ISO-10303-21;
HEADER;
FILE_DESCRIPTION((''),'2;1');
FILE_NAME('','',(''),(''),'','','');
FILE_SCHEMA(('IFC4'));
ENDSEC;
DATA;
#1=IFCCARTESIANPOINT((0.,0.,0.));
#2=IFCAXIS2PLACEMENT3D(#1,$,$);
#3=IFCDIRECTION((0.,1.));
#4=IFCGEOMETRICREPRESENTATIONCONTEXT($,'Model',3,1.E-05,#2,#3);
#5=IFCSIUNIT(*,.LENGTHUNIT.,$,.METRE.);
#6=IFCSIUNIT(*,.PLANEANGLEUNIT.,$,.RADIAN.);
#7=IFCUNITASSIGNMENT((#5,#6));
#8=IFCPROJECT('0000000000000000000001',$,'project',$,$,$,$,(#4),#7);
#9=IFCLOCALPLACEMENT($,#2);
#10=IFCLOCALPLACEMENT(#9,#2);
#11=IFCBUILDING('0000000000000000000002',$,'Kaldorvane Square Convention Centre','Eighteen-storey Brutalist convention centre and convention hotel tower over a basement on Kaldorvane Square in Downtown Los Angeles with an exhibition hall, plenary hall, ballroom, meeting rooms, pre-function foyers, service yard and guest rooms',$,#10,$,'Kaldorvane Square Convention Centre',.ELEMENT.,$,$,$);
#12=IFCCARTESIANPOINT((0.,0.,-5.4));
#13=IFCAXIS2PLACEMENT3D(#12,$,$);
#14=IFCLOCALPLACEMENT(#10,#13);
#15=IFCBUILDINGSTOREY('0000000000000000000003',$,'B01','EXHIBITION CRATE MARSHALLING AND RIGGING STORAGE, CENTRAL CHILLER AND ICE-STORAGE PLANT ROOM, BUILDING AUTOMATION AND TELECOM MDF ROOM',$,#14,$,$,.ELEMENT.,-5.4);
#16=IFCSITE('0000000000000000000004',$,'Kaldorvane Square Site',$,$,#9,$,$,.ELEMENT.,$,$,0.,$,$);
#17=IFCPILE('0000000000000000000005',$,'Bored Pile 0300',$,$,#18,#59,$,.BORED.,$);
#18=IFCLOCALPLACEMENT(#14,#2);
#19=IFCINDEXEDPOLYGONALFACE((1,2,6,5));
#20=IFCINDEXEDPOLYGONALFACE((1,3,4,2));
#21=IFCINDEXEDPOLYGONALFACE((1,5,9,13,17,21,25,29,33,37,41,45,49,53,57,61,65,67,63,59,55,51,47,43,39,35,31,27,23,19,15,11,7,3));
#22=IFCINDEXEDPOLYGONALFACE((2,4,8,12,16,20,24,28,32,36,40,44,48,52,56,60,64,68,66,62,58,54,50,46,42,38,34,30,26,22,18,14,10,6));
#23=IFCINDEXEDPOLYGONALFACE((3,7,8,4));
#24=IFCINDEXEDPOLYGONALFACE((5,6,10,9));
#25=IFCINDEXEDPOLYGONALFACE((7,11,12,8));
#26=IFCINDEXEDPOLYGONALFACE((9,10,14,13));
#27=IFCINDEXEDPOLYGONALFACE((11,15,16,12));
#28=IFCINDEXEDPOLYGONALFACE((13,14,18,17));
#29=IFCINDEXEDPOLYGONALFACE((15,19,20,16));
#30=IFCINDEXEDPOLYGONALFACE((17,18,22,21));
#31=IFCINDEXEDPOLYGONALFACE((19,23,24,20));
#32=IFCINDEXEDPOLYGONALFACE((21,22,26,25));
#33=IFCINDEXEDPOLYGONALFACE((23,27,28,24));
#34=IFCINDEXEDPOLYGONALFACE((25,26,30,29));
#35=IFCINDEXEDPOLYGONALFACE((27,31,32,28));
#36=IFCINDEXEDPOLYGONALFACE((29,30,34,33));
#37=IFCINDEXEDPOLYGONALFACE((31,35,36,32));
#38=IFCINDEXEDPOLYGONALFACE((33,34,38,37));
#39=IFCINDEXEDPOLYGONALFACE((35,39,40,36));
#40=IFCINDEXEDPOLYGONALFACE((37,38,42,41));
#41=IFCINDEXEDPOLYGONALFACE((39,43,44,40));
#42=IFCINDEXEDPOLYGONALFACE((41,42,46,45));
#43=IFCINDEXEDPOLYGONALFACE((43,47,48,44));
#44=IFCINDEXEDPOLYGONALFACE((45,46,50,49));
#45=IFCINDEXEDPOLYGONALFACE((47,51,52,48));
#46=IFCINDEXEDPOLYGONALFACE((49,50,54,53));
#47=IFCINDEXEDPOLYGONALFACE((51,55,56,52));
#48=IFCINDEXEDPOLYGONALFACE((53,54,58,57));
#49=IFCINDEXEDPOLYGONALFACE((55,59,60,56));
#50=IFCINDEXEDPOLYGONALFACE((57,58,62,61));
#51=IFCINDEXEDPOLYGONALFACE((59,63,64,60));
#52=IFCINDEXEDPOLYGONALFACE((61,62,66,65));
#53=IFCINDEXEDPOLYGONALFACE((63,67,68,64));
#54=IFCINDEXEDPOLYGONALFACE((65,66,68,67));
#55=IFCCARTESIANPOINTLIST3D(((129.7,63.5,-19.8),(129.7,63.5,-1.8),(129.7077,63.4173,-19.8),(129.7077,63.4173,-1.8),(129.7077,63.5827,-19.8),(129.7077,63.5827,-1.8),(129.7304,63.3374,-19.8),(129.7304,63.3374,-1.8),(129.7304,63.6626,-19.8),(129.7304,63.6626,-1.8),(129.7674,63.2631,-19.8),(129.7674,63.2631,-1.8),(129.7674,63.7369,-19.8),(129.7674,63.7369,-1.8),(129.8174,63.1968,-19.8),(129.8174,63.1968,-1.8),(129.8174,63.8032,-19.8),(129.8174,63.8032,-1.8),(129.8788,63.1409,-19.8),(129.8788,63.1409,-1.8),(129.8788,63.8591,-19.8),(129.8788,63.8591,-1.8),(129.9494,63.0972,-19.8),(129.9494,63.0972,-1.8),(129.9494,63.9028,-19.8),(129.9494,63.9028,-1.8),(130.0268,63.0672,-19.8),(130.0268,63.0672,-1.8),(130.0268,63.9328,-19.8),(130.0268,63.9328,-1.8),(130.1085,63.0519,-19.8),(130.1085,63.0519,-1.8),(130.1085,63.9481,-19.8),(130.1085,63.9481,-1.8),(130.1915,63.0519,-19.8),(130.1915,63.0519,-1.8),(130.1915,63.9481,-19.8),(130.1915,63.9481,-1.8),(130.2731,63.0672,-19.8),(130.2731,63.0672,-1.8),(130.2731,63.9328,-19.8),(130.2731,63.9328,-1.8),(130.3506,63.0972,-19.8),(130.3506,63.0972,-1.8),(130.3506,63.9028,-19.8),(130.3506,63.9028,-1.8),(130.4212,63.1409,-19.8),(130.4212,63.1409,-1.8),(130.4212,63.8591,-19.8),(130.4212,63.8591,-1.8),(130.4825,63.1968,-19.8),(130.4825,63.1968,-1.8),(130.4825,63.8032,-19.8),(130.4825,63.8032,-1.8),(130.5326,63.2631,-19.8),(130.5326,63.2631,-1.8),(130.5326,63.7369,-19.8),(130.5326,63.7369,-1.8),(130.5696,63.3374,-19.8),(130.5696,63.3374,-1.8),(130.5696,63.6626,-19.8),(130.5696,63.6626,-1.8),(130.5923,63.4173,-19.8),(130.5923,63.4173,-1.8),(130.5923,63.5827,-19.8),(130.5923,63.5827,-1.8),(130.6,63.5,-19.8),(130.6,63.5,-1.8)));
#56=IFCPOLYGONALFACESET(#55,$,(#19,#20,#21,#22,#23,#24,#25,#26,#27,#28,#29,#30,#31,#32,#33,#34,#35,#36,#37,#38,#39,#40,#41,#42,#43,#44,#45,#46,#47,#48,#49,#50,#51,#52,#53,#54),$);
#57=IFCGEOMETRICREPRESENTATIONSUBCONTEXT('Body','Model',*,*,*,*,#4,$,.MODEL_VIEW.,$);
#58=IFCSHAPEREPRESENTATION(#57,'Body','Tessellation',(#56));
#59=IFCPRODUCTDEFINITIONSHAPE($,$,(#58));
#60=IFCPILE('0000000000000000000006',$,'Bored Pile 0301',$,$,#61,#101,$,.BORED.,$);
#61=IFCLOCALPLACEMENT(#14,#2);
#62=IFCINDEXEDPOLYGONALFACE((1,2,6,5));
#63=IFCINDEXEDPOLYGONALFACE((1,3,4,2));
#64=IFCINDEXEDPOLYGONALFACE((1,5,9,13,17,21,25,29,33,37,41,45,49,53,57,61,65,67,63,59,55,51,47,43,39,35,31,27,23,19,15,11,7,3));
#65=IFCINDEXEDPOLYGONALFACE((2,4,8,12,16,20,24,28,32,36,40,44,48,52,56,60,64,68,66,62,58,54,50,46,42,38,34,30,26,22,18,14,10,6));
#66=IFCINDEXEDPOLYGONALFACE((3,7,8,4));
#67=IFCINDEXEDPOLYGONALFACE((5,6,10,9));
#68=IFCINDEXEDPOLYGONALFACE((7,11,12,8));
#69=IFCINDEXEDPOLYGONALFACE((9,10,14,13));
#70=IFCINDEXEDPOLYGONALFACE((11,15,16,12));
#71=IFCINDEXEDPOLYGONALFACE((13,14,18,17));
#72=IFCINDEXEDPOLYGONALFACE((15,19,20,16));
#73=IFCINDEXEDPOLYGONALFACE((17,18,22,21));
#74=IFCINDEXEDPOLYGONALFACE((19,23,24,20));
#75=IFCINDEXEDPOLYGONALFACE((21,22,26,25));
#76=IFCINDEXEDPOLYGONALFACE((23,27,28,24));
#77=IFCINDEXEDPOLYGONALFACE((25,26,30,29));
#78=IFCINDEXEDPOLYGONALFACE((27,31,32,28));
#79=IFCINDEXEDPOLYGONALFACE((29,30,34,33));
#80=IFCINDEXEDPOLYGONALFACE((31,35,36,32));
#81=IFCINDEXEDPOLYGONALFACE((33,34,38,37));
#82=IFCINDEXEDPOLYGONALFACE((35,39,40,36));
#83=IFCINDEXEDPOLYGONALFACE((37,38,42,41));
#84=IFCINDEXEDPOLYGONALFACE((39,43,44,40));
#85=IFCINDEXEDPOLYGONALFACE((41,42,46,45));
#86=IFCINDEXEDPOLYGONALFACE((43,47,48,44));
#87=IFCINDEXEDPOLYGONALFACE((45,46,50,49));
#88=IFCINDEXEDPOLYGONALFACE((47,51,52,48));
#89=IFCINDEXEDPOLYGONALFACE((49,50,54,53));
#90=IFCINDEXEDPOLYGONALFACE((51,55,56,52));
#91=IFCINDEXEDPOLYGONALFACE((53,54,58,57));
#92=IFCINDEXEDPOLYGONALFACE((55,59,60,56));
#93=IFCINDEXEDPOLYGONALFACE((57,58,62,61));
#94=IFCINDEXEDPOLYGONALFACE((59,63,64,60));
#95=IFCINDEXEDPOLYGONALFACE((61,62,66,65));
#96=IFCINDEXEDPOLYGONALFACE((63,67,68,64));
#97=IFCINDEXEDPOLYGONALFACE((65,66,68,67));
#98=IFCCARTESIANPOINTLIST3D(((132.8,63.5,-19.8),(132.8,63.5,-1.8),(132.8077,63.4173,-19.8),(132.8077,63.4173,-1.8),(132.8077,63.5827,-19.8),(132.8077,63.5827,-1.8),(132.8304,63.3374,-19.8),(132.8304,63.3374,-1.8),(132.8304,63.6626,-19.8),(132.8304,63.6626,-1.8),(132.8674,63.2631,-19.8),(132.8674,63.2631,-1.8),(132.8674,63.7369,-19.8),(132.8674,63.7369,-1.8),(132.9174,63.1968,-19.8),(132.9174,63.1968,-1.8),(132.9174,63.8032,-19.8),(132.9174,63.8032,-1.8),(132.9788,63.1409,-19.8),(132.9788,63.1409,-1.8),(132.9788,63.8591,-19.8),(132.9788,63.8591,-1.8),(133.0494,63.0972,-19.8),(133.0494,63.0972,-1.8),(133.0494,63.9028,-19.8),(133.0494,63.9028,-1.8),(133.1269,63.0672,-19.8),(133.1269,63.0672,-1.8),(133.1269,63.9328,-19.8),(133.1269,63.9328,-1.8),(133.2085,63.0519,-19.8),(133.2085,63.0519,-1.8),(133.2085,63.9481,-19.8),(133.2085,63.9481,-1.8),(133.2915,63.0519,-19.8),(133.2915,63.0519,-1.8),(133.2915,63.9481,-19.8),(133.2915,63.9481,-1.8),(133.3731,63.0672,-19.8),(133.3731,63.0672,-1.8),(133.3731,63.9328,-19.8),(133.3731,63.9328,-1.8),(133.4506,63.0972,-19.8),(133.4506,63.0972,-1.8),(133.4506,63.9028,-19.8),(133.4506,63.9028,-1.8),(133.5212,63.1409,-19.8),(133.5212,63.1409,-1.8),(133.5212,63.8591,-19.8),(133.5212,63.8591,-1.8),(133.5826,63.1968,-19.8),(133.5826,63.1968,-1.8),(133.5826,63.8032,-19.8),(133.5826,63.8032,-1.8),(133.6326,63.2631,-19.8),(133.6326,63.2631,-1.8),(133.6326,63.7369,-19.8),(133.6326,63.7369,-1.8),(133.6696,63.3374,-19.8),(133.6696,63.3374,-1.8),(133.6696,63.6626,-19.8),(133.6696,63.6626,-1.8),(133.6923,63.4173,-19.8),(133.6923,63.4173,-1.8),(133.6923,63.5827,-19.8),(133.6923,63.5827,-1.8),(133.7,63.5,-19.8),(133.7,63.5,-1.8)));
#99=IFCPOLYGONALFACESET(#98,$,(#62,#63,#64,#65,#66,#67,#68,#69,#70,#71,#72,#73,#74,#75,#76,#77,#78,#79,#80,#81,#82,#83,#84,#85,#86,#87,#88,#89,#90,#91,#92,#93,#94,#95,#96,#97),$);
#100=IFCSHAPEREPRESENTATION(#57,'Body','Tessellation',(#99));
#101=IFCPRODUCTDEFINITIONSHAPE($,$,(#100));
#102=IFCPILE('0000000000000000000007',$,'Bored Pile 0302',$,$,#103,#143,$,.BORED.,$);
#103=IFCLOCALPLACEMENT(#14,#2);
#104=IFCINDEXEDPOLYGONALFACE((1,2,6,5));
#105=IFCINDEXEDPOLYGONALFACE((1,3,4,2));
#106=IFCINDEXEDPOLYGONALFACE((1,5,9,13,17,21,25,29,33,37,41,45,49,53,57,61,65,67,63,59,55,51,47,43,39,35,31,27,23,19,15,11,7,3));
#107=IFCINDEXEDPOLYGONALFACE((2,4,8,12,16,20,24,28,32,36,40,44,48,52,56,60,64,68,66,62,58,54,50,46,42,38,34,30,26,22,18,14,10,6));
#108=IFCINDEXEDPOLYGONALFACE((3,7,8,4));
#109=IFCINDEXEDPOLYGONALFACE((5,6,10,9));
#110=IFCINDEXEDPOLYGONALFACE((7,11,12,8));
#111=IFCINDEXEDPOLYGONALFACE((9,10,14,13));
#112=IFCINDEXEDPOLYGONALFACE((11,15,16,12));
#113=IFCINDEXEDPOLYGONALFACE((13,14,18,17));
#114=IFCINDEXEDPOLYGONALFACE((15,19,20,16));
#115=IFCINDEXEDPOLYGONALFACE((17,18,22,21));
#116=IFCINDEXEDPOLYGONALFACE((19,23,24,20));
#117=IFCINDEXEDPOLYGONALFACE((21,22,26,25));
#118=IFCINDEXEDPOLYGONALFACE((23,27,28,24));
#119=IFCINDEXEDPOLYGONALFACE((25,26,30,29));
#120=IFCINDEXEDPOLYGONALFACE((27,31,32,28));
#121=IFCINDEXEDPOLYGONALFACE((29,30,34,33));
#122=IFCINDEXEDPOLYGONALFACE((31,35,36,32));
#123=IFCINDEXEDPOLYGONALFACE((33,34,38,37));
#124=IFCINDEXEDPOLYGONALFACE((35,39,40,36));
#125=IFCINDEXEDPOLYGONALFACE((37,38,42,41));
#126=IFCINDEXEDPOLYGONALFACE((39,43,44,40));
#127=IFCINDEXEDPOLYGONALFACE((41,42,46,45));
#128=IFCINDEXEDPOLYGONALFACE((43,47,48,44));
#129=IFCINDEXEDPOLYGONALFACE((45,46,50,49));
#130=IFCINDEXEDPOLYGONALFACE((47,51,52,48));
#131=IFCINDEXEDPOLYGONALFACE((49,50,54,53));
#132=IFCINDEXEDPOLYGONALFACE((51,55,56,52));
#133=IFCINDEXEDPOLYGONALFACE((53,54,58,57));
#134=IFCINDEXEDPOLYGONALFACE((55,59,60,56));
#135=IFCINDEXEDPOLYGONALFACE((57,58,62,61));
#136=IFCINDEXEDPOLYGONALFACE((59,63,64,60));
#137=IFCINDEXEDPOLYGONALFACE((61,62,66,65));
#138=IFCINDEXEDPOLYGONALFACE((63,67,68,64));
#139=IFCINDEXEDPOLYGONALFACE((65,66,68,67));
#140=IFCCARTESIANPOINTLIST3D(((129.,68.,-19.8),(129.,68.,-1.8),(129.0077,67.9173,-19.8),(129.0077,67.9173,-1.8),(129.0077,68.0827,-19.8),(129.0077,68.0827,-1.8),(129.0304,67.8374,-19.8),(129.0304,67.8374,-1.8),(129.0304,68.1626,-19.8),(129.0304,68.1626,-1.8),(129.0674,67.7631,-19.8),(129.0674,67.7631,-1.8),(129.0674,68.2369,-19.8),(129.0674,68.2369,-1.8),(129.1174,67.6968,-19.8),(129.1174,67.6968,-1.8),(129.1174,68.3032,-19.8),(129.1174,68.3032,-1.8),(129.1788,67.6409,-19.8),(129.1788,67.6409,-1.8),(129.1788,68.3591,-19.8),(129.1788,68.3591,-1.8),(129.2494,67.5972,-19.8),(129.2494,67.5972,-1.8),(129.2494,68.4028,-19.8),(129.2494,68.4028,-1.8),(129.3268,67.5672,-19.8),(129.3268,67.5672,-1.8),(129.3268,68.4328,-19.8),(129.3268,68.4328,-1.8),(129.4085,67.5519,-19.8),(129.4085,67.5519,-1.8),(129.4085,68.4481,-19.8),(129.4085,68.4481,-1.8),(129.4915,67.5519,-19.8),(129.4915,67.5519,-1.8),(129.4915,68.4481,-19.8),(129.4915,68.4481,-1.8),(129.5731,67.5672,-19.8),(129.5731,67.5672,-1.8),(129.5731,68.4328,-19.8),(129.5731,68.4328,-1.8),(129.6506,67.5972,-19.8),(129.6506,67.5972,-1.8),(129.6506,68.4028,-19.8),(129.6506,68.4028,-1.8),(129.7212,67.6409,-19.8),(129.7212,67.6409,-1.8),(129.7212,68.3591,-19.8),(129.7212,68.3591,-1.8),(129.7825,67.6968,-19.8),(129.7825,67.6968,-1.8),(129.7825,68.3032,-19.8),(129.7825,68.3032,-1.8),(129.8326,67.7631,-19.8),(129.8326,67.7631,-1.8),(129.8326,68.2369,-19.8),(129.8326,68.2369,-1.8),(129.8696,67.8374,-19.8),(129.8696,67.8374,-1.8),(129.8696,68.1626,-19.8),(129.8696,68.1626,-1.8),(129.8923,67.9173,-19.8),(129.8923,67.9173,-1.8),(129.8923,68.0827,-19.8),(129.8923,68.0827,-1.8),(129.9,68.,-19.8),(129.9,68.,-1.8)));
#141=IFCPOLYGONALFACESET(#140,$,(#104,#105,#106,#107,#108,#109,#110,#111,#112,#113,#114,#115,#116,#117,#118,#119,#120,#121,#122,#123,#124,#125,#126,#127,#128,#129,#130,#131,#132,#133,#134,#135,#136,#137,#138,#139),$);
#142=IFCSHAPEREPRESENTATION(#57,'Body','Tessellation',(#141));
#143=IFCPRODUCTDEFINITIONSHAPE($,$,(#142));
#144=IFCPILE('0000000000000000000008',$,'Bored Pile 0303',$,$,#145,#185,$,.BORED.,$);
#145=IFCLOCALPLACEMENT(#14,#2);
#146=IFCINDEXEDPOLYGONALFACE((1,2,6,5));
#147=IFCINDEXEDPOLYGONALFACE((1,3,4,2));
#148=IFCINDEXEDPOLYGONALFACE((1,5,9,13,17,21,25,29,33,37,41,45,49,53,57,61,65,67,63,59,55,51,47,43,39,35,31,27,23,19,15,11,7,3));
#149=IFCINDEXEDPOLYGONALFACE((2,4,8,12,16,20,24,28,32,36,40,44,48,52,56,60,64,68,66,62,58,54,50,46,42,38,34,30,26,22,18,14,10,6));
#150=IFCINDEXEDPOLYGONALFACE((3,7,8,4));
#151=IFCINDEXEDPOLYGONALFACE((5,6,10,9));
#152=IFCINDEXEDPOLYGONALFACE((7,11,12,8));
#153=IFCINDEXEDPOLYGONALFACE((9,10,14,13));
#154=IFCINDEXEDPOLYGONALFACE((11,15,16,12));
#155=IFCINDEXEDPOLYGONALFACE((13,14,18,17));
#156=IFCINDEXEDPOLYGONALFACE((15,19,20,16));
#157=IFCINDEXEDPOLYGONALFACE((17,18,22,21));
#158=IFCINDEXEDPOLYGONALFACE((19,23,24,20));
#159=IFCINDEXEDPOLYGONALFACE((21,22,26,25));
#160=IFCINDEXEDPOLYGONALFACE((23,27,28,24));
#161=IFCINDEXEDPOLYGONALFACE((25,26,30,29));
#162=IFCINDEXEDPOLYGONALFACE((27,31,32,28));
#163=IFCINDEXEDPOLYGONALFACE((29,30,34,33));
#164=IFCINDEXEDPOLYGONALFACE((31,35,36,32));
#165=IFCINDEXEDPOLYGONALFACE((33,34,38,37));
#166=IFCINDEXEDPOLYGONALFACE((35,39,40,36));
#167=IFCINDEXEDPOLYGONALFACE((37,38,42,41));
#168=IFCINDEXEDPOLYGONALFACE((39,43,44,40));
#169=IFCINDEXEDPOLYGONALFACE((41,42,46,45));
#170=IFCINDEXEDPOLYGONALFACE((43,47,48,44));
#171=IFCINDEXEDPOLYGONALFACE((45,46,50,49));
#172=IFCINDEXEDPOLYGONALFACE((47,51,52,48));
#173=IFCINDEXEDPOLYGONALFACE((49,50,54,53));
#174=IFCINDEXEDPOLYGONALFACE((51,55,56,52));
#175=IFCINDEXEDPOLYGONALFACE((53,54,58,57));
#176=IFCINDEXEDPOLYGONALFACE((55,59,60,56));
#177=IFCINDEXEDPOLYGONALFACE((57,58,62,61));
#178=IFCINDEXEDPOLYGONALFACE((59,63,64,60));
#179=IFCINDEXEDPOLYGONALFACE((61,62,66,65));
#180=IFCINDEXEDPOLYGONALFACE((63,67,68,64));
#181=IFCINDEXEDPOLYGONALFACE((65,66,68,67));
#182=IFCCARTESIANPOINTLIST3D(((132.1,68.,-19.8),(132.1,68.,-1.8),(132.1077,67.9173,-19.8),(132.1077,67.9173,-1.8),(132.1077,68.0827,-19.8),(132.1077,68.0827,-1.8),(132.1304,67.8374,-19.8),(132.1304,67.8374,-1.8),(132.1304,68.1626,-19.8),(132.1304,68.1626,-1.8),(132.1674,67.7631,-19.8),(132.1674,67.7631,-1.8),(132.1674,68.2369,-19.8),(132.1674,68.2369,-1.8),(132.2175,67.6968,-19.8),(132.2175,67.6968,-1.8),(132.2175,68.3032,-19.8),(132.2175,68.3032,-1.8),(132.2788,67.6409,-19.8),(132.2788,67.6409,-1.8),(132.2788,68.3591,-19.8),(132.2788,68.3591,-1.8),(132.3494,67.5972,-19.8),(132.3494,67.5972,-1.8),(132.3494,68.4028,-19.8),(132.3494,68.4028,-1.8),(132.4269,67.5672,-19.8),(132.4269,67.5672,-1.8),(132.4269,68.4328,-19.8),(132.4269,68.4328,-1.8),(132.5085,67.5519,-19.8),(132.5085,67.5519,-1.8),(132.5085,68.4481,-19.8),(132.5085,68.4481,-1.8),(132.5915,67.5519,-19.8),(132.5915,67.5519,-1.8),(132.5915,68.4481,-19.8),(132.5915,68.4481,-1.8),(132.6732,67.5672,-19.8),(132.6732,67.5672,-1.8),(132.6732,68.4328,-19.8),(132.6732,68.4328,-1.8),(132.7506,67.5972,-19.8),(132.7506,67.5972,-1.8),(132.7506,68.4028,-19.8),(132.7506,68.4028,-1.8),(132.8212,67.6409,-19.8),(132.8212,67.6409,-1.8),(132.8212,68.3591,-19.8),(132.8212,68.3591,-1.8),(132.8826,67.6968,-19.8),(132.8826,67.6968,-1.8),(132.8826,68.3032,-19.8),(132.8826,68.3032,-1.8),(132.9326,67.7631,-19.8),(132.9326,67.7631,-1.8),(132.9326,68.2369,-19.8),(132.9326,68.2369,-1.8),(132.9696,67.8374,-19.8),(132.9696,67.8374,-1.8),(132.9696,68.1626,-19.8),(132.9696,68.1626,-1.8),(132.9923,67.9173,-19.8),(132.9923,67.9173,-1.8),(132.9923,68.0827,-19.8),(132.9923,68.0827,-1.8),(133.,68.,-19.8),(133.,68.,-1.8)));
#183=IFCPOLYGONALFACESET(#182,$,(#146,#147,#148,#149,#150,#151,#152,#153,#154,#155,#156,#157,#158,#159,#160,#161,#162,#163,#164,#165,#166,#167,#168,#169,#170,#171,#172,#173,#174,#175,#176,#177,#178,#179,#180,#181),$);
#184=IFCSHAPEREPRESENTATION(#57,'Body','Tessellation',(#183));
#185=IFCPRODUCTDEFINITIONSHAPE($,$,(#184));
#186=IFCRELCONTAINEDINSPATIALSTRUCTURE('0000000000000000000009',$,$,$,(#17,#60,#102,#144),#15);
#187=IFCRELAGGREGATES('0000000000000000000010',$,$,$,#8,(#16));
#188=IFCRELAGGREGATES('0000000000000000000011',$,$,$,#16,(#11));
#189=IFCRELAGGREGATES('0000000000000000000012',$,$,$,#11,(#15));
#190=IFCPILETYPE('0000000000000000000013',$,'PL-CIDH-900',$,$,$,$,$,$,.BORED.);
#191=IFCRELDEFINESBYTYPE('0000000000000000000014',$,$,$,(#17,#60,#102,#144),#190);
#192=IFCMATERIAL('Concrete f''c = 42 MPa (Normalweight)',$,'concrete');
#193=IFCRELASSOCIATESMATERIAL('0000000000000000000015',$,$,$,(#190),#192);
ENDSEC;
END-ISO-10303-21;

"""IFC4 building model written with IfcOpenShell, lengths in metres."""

from ifc_helpers import new_model, si_unit, direction, frame, origin, origin_2d, place, context, subcontext, project, spatial, circle, extrude, material, material_profile, profile_set, type_object, element, save


model = new_model("IFC4")

# Units and contexts
model_context = context("Model", 3, precision=1e-05, world=origin(), true_north=direction((0.0, 1.0)))
body_context = subcontext(model_context, "Body", "Model", "MODEL_VIEW")
ifc_project = project(units=[si_unit("LENGTHUNIT", "METRE"), si_unit("PLANEANGLEUNIT", "RADIAN")], contexts=[model_context])

# Site, building, storey
site_placement = place(None, origin())
site = spatial("IfcSite", under=ifc_project, at=site_placement, Name="Kaldorvane Square Site", CompositionType="ELEMENT", RefElevation=0.0)
building_placement = place(site_placement, origin())
building = spatial("IfcBuilding", under=site, at=building_placement, Name="Kaldorvane Square Convention Centre", Description="Eighteen-storey Brutalist convention centre and convention hotel tower over a basement on Kaldorvane Square in Downtown Los Angeles with an exhibition hall, plenary hall, ballroom, meeting rooms, pre-function foyers, service yard and guest rooms", LongName="Kaldorvane Square Convention Centre", CompositionType="ELEMENT")
storey_placement = place(building_placement, frame((0.0, 0.0, -5.4)))
storey = spatial("IfcBuildingStorey", under=building, at=storey_placement, Name="B01", Description="EXHIBITION CRATE MARSHALLING AND RIGGING STORAGE, CENTRAL CHILLER AND ICE-STORAGE PLANT ROOM, BUILDING AUTOMATION AND TELECOM MDF ROOM", CompositionType="ELEMENT", Elevation=-5.4)

# Shared definitions
ifc_material_1 = material(Name="Concrete f'c = 42 MPa (Normalweight)", Category="concrete")

# Piles
ifc_material_profile_1 = material_profile(ifc_material_1, circle(Radius=0.45, at=origin_2d()), Name="PILE-D900")
ifc_profile_set_1 = profile_set([ifc_material_profile_1], Name="Concrete f'c = 42 MPa (Normalweight)")
pile_type_1 = type_object("IfcPileType", Name="PL-CIDH-900", PredefinedType="BORED", material=ifc_profile_set_1)
for number, where, z_axis, x_axis, name in (
    (1, (130.15, 63.5, -1.8), (0.0, 0.0, -1.0), (1.0, 0.0, 0.0), "Bored Pile 0300"),
    (2, (133.25, 63.5, -1.8), (0.0, 0.0, -1.0), (1.0, 0.0, 0.0), "Bored Pile 0301"),
    (3, (129.45, 68.0, -1.8), (0.0, 0.0, -1.0), (1.0, 0.0, 0.0), "Bored Pile 0302"),
    (4, (132.55, 68.0, -1.8), (0.0, 0.0, -1.0), (1.0, 0.0, 0.0), "Bored Pile 0303"),
):
    element("IfcPile", number, at=place(storey_placement, frame(where, z_axis=z_axis, x_axis=x_axis)), inside=storey, type_object=pile_type_1, Name=name, PredefinedType="BORED", context=body_context, shape_type="SweptSolid", body=[
        extrude(circle(Radius=0.45, at=origin_2d()), origin(), (0.0, 0.0, 1.0), 18.0),
    ])

save(model, "model.ifc")
